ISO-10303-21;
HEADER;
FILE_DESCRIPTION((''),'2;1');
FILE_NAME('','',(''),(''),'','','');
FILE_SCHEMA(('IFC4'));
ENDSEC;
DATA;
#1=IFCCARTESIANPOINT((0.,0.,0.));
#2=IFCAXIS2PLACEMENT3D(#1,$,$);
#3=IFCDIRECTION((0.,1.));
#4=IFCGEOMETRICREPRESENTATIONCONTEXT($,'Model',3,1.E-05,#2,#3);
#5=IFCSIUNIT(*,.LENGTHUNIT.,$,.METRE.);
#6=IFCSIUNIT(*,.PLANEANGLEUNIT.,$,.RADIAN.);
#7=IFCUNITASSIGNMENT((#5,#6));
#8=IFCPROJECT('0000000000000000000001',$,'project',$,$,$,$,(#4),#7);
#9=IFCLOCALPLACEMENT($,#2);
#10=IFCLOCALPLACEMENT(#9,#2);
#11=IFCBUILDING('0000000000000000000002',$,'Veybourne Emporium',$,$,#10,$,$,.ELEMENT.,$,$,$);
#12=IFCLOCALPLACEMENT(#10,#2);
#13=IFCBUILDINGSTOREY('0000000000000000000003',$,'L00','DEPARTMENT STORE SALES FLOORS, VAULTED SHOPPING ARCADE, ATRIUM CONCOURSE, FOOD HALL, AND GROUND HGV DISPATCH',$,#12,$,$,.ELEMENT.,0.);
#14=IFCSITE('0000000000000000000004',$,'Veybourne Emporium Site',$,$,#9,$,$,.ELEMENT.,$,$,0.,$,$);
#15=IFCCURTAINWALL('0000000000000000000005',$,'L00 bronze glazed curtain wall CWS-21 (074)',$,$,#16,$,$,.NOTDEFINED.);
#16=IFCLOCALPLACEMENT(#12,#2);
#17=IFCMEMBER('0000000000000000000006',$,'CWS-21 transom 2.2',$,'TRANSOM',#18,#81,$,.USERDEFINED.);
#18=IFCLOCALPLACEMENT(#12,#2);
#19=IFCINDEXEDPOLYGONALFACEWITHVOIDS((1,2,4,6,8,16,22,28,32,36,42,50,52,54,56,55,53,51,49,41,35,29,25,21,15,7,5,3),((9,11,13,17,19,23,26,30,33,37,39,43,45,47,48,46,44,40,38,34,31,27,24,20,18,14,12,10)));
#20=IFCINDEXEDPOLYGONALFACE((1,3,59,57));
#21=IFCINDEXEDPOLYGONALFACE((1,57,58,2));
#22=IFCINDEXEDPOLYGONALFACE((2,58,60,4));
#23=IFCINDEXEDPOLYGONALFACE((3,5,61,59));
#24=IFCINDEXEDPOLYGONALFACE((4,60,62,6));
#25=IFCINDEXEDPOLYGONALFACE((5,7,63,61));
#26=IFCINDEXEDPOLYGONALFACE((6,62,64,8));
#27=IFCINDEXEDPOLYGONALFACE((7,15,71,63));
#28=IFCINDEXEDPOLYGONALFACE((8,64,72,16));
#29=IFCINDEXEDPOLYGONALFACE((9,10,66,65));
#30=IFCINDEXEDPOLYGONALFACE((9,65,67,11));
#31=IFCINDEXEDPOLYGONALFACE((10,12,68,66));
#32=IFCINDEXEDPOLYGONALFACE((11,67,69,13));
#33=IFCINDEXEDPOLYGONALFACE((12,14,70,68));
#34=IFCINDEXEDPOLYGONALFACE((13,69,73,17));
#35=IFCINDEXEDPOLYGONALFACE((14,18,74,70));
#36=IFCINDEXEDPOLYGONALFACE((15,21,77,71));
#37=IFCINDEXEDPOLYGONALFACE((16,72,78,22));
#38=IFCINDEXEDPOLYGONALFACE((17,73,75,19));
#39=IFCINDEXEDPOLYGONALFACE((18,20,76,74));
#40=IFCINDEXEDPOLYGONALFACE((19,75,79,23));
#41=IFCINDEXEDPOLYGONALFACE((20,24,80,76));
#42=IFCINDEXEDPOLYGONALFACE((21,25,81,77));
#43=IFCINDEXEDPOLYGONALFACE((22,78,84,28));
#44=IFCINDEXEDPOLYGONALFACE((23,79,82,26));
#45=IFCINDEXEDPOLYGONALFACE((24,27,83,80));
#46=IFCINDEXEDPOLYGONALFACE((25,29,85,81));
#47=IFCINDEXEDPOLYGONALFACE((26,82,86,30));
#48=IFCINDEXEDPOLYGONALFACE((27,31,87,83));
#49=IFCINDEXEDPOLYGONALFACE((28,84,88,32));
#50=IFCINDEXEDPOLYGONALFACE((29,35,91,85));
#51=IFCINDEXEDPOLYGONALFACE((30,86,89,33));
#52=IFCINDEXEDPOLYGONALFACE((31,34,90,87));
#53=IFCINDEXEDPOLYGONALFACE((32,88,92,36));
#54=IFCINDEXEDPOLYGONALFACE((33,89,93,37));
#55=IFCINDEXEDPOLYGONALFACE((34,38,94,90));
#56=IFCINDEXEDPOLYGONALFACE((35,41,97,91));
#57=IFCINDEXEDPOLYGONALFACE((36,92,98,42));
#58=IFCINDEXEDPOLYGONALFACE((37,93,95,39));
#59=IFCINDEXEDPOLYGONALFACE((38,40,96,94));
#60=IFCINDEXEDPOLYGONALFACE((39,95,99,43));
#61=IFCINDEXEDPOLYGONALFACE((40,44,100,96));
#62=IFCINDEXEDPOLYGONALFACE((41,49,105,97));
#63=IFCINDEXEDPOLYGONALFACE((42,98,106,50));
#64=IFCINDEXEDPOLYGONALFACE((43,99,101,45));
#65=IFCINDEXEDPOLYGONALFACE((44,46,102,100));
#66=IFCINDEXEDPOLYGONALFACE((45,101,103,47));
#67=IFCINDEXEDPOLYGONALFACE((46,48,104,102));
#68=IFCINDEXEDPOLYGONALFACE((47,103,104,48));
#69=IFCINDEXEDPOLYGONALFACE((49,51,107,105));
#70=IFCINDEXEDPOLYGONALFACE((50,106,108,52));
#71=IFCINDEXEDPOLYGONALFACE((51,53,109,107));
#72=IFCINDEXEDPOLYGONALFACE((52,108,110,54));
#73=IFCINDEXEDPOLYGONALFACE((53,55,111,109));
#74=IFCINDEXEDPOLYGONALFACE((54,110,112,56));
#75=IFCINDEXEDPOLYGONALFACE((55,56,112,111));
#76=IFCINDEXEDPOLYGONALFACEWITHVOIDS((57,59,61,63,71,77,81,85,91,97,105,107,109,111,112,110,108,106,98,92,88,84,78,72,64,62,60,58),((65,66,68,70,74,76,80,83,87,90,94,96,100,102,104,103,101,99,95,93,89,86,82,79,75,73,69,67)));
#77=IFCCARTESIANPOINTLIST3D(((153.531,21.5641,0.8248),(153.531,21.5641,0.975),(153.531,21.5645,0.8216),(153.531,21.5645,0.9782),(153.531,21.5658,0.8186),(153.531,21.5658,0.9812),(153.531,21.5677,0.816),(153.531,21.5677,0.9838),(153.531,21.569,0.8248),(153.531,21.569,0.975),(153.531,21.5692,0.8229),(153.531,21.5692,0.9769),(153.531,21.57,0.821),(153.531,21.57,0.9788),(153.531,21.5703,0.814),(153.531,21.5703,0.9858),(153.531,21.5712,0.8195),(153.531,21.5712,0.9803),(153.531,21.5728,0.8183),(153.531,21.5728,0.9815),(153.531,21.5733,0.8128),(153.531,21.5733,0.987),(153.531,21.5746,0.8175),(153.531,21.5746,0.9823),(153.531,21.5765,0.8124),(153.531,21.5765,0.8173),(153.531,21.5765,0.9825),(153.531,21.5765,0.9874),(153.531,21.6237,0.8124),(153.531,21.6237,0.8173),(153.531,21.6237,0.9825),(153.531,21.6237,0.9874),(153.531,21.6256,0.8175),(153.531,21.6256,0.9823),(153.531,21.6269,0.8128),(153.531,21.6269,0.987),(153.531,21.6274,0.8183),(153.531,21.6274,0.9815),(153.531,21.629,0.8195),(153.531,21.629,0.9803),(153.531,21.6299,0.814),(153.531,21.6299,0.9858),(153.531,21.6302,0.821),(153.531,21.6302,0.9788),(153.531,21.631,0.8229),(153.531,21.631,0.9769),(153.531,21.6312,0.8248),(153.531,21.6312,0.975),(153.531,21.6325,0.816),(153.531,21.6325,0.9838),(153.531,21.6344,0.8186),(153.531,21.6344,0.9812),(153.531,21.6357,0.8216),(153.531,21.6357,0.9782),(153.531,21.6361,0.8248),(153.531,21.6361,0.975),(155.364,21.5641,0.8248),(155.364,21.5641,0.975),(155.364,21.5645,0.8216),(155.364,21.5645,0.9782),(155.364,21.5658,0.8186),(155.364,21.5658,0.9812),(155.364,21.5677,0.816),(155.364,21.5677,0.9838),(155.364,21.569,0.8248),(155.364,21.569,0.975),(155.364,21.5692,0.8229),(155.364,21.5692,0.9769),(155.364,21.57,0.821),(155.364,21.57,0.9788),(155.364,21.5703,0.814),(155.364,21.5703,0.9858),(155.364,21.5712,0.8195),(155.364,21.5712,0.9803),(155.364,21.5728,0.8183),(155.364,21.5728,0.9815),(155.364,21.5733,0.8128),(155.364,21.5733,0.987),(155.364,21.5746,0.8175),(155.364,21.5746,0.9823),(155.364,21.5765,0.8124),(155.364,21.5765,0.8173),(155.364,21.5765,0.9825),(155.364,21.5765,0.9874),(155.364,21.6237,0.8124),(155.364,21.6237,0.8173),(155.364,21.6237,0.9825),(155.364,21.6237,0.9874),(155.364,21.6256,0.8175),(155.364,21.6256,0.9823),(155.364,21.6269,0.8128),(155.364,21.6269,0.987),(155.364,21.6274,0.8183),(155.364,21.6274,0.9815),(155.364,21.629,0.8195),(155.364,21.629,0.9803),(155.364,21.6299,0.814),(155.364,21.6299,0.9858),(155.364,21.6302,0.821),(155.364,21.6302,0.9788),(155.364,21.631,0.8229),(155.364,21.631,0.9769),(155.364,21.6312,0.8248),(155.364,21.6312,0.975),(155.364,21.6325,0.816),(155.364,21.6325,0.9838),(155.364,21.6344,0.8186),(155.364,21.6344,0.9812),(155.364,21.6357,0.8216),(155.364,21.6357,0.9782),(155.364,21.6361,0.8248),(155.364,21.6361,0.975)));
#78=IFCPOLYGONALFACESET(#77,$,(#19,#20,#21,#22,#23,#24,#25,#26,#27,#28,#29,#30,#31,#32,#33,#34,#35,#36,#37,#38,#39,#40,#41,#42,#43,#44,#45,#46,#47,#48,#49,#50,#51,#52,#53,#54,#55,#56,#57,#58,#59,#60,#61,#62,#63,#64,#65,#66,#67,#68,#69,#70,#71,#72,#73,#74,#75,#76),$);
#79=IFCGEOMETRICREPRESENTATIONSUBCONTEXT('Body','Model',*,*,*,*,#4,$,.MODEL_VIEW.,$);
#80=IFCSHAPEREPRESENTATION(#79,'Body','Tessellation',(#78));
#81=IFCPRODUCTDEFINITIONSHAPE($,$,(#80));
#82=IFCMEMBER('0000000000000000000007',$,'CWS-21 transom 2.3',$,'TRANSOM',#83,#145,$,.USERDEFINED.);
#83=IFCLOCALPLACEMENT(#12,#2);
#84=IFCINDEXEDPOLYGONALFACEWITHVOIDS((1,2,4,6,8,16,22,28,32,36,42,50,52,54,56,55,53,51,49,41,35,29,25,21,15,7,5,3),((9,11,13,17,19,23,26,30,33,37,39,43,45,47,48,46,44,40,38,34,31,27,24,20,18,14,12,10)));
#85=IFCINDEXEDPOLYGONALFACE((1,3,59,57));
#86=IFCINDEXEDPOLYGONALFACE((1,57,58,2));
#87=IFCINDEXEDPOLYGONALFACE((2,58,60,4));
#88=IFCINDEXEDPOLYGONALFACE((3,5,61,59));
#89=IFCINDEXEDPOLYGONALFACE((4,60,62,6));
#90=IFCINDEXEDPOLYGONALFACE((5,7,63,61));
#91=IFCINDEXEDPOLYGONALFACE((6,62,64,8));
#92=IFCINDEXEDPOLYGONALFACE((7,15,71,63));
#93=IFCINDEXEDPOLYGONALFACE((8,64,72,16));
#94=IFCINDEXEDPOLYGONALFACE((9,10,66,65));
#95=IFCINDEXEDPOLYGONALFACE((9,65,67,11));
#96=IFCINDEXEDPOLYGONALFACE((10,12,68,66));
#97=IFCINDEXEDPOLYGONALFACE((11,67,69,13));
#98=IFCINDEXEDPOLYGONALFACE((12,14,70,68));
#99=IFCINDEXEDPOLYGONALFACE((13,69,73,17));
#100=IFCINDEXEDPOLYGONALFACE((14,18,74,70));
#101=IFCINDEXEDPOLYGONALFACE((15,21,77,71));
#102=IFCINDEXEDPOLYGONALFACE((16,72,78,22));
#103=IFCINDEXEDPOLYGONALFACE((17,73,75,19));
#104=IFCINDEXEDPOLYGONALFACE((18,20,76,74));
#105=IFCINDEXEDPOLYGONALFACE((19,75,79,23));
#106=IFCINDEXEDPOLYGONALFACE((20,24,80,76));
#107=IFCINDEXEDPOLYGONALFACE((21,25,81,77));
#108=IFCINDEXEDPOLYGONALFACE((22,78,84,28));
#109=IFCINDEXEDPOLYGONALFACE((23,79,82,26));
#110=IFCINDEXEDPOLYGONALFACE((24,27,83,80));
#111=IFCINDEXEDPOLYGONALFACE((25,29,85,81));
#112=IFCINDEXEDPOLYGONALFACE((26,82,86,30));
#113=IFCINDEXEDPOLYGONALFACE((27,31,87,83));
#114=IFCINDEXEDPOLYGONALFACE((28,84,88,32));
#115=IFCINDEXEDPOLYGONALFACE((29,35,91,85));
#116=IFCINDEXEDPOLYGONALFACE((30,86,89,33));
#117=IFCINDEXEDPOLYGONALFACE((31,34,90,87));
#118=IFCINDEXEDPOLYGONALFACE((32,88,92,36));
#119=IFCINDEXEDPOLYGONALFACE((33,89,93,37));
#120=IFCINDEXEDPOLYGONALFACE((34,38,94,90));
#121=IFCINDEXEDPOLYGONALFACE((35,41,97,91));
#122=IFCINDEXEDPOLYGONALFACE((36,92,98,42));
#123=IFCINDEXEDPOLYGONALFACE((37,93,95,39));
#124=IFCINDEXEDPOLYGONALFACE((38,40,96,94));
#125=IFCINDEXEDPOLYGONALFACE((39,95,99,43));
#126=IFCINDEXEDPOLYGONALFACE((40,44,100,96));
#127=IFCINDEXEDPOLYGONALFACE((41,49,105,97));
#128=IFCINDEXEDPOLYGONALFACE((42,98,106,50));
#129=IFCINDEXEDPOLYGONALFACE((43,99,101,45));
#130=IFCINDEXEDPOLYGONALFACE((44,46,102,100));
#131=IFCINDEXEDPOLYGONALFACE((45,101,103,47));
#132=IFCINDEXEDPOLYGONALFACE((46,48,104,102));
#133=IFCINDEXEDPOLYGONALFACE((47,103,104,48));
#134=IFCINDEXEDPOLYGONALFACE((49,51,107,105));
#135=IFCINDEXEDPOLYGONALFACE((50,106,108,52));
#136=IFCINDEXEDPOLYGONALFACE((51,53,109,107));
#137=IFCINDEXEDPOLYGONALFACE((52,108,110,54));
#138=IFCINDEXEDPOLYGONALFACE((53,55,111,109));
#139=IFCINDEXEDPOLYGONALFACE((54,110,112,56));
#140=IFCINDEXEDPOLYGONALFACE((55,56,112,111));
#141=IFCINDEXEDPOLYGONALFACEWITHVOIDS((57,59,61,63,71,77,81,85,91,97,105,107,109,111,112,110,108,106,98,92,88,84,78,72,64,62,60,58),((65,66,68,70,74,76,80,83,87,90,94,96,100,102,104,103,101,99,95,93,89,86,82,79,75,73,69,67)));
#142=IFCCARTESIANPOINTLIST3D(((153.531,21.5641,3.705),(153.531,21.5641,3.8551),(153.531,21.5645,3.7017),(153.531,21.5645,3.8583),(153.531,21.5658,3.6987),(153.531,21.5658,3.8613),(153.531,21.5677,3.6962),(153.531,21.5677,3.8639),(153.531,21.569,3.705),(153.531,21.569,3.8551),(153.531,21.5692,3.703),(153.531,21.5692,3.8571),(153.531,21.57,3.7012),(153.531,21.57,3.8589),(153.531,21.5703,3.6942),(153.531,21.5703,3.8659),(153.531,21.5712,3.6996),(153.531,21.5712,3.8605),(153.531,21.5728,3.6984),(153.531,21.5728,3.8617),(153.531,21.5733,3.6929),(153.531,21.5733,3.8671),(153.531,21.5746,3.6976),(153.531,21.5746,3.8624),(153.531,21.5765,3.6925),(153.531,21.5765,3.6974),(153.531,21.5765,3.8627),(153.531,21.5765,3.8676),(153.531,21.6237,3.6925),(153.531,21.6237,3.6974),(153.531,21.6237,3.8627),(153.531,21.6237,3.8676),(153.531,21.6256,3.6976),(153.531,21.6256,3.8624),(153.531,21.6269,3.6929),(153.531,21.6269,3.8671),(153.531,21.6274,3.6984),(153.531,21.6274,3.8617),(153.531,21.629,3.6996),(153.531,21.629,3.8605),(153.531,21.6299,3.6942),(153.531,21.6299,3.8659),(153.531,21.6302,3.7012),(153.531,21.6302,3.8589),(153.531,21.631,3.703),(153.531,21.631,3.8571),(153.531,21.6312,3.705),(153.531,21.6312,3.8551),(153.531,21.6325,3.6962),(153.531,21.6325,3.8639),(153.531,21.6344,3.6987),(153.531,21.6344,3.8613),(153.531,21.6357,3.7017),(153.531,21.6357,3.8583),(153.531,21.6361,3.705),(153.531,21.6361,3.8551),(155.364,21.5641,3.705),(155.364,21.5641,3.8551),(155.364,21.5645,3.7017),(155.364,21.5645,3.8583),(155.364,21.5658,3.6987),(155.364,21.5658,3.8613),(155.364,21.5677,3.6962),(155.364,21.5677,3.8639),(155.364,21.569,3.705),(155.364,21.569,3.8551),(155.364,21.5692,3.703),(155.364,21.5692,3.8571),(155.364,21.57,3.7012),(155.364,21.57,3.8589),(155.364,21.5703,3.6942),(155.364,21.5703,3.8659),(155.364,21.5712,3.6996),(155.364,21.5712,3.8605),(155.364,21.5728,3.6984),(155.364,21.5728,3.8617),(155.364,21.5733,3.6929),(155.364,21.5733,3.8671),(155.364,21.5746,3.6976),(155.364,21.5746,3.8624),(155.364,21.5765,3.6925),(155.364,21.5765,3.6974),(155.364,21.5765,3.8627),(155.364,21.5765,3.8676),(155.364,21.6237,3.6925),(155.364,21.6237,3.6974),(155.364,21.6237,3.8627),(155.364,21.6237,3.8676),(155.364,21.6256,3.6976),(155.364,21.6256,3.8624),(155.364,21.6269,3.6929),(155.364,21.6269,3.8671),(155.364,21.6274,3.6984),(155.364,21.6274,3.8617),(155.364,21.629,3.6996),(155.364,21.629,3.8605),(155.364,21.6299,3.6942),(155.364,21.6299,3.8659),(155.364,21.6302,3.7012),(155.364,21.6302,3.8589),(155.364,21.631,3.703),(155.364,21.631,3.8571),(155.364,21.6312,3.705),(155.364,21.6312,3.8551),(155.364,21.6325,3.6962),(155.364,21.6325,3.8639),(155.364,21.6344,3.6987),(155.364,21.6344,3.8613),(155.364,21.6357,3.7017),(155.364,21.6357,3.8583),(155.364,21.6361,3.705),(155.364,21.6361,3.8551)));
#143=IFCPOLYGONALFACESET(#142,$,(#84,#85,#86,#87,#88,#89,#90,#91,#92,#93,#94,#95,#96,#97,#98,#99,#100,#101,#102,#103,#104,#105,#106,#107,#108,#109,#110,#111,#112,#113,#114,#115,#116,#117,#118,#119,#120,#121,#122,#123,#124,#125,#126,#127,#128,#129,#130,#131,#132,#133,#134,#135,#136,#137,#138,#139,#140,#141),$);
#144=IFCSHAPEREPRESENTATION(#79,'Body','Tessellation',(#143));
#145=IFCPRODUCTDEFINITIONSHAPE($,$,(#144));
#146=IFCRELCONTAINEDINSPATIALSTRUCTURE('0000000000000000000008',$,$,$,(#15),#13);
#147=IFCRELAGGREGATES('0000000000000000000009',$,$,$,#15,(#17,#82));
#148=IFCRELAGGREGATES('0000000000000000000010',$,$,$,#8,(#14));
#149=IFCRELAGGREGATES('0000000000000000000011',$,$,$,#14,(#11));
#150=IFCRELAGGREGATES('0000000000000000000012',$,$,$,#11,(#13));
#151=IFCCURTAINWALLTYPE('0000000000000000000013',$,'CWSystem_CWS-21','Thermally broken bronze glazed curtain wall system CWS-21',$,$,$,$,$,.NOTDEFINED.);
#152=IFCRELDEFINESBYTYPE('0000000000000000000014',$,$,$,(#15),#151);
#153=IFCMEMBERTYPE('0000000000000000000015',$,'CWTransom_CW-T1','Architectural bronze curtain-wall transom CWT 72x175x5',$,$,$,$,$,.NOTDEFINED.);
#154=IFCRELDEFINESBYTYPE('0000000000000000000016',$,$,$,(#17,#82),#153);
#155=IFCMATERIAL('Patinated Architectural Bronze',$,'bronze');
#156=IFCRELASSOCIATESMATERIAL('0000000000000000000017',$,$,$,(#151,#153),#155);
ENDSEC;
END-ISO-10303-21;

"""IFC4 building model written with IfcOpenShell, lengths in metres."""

from ifc_helpers import new_model, si_unit, direction, frame, origin, origin_2d, place, context, subcontext, project, spatial, hollow_rectangle, extrude, material, material_profile, profile_set, type_object, element, aggregate, save


model = new_model("IFC4")

# Units and contexts
model_context = context("Model", 3, precision=1e-05, world=origin(), true_north=direction((0.0, 1.0)))
body_context = subcontext(model_context, "Body", "Model", "MODEL_VIEW")
ifc_project = project(units=[si_unit("LENGTHUNIT", "METRE"), si_unit("PLANEANGLEUNIT", "RADIAN")], contexts=[model_context])

# Site, building, storey
site_placement = place(None, origin())
site = spatial("IfcSite", under=ifc_project, at=site_placement, Name="Veybourne Emporium Site", CompositionType="ELEMENT", RefElevation=0.0)
building_placement = place(site_placement, origin())
building = spatial("IfcBuilding", under=site, at=building_placement, Name="Veybourne Emporium", CompositionType="ELEMENT")
storey_placement = place(building_placement, origin())
storey = spatial("IfcBuildingStorey", under=building, at=storey_placement, Name="L00", Description="DEPARTMENT STORE SALES FLOORS, VAULTED SHOPPING ARCADE, ATRIUM CONCOURSE, FOOD HALL, AND GROUND HGV DISPATCH", CompositionType="ELEMENT", Elevation=0.0)

# Curtain wall
ifc_material_1 = material(Name="Patinated Architectural Bronze", Category="bronze")
curtain_wall_type_1 = type_object("IfcCurtainWallType", Name="CWSystem_CWS-21", Description="Thermally broken bronze glazed curtain wall system CWS-21", PredefinedType="NOTDEFINED", material=ifc_material_1)
curtain_wall_1_placement = place(storey_placement, origin())
curtain_wall_1 = element("IfcCurtainWall", 1, at=curtain_wall_1_placement, inside=storey, type_object=curtain_wall_type_1, Name="L00 bronze glazed curtain wall CWS-21 (074)", PredefinedType="NOTDEFINED")

# Members
ifc_material_profile_1 = material_profile(ifc_material_1, hollow_rectangle(XDim=0.072, YDim=0.175, WallThickness=0.0049, InnerFilletRadius=0.0076, OuterFilletRadius=0.0125, at=origin_2d()), Name="CWT 72x175x5")
ifc_profile_set_1 = profile_set([ifc_material_profile_1], Name="Patinated Architectural Bronze")
member_type_1 = type_object("IfcMemberType", Name="CWTransom_CW-T1", Description="Architectural bronze curtain-wall transom CWT 72x175x5", PredefinedType="NOTDEFINED", material=ifc_profile_set_1)
member_1_placement = place(storey_placement, frame((153.531, 21.6001, 0.8999), z_axis=(1.0, 0.0, 0.0), x_axis=(0.0, 1.0, 0.0)))
member_1 = element("IfcMember", 2, at=member_1_placement, type_object=member_type_1, Name="CWS-21 transom 2.2", ObjectType="TRANSOM", PredefinedType="USERDEFINED", context=body_context, shape_type="SweptSolid", body=[
    extrude(hollow_rectangle(XDim=0.072, YDim=0.175, WallThickness=0.0049, InnerFilletRadius=0.0076, OuterFilletRadius=0.0125, at=origin_2d()), origin(), (0.0, 0.0, 1.0), 1.833),
])
member_2_placement = place(storey_placement, frame((153.531, 21.6001, 3.78), z_axis=(1.0, 0.0, 0.0), x_axis=(0.0, 1.0, 0.0)))
member_2 = element("IfcMember", 3, at=member_2_placement, type_object=member_type_1, Name="CWS-21 transom 2.3", ObjectType="TRANSOM", PredefinedType="USERDEFINED", context=body_context, shape_type="SweptSolid", body=[
    extrude(hollow_rectangle(XDim=0.072, YDim=0.175, WallThickness=0.0049, InnerFilletRadius=0.0076, OuterFilletRadius=0.0125, at=origin_2d()), origin(), (0.0, 0.0, 1.0), 1.833),
])

aggregate(curtain_wall_1, [member_1, member_2])

save(model, "model.ifc")
